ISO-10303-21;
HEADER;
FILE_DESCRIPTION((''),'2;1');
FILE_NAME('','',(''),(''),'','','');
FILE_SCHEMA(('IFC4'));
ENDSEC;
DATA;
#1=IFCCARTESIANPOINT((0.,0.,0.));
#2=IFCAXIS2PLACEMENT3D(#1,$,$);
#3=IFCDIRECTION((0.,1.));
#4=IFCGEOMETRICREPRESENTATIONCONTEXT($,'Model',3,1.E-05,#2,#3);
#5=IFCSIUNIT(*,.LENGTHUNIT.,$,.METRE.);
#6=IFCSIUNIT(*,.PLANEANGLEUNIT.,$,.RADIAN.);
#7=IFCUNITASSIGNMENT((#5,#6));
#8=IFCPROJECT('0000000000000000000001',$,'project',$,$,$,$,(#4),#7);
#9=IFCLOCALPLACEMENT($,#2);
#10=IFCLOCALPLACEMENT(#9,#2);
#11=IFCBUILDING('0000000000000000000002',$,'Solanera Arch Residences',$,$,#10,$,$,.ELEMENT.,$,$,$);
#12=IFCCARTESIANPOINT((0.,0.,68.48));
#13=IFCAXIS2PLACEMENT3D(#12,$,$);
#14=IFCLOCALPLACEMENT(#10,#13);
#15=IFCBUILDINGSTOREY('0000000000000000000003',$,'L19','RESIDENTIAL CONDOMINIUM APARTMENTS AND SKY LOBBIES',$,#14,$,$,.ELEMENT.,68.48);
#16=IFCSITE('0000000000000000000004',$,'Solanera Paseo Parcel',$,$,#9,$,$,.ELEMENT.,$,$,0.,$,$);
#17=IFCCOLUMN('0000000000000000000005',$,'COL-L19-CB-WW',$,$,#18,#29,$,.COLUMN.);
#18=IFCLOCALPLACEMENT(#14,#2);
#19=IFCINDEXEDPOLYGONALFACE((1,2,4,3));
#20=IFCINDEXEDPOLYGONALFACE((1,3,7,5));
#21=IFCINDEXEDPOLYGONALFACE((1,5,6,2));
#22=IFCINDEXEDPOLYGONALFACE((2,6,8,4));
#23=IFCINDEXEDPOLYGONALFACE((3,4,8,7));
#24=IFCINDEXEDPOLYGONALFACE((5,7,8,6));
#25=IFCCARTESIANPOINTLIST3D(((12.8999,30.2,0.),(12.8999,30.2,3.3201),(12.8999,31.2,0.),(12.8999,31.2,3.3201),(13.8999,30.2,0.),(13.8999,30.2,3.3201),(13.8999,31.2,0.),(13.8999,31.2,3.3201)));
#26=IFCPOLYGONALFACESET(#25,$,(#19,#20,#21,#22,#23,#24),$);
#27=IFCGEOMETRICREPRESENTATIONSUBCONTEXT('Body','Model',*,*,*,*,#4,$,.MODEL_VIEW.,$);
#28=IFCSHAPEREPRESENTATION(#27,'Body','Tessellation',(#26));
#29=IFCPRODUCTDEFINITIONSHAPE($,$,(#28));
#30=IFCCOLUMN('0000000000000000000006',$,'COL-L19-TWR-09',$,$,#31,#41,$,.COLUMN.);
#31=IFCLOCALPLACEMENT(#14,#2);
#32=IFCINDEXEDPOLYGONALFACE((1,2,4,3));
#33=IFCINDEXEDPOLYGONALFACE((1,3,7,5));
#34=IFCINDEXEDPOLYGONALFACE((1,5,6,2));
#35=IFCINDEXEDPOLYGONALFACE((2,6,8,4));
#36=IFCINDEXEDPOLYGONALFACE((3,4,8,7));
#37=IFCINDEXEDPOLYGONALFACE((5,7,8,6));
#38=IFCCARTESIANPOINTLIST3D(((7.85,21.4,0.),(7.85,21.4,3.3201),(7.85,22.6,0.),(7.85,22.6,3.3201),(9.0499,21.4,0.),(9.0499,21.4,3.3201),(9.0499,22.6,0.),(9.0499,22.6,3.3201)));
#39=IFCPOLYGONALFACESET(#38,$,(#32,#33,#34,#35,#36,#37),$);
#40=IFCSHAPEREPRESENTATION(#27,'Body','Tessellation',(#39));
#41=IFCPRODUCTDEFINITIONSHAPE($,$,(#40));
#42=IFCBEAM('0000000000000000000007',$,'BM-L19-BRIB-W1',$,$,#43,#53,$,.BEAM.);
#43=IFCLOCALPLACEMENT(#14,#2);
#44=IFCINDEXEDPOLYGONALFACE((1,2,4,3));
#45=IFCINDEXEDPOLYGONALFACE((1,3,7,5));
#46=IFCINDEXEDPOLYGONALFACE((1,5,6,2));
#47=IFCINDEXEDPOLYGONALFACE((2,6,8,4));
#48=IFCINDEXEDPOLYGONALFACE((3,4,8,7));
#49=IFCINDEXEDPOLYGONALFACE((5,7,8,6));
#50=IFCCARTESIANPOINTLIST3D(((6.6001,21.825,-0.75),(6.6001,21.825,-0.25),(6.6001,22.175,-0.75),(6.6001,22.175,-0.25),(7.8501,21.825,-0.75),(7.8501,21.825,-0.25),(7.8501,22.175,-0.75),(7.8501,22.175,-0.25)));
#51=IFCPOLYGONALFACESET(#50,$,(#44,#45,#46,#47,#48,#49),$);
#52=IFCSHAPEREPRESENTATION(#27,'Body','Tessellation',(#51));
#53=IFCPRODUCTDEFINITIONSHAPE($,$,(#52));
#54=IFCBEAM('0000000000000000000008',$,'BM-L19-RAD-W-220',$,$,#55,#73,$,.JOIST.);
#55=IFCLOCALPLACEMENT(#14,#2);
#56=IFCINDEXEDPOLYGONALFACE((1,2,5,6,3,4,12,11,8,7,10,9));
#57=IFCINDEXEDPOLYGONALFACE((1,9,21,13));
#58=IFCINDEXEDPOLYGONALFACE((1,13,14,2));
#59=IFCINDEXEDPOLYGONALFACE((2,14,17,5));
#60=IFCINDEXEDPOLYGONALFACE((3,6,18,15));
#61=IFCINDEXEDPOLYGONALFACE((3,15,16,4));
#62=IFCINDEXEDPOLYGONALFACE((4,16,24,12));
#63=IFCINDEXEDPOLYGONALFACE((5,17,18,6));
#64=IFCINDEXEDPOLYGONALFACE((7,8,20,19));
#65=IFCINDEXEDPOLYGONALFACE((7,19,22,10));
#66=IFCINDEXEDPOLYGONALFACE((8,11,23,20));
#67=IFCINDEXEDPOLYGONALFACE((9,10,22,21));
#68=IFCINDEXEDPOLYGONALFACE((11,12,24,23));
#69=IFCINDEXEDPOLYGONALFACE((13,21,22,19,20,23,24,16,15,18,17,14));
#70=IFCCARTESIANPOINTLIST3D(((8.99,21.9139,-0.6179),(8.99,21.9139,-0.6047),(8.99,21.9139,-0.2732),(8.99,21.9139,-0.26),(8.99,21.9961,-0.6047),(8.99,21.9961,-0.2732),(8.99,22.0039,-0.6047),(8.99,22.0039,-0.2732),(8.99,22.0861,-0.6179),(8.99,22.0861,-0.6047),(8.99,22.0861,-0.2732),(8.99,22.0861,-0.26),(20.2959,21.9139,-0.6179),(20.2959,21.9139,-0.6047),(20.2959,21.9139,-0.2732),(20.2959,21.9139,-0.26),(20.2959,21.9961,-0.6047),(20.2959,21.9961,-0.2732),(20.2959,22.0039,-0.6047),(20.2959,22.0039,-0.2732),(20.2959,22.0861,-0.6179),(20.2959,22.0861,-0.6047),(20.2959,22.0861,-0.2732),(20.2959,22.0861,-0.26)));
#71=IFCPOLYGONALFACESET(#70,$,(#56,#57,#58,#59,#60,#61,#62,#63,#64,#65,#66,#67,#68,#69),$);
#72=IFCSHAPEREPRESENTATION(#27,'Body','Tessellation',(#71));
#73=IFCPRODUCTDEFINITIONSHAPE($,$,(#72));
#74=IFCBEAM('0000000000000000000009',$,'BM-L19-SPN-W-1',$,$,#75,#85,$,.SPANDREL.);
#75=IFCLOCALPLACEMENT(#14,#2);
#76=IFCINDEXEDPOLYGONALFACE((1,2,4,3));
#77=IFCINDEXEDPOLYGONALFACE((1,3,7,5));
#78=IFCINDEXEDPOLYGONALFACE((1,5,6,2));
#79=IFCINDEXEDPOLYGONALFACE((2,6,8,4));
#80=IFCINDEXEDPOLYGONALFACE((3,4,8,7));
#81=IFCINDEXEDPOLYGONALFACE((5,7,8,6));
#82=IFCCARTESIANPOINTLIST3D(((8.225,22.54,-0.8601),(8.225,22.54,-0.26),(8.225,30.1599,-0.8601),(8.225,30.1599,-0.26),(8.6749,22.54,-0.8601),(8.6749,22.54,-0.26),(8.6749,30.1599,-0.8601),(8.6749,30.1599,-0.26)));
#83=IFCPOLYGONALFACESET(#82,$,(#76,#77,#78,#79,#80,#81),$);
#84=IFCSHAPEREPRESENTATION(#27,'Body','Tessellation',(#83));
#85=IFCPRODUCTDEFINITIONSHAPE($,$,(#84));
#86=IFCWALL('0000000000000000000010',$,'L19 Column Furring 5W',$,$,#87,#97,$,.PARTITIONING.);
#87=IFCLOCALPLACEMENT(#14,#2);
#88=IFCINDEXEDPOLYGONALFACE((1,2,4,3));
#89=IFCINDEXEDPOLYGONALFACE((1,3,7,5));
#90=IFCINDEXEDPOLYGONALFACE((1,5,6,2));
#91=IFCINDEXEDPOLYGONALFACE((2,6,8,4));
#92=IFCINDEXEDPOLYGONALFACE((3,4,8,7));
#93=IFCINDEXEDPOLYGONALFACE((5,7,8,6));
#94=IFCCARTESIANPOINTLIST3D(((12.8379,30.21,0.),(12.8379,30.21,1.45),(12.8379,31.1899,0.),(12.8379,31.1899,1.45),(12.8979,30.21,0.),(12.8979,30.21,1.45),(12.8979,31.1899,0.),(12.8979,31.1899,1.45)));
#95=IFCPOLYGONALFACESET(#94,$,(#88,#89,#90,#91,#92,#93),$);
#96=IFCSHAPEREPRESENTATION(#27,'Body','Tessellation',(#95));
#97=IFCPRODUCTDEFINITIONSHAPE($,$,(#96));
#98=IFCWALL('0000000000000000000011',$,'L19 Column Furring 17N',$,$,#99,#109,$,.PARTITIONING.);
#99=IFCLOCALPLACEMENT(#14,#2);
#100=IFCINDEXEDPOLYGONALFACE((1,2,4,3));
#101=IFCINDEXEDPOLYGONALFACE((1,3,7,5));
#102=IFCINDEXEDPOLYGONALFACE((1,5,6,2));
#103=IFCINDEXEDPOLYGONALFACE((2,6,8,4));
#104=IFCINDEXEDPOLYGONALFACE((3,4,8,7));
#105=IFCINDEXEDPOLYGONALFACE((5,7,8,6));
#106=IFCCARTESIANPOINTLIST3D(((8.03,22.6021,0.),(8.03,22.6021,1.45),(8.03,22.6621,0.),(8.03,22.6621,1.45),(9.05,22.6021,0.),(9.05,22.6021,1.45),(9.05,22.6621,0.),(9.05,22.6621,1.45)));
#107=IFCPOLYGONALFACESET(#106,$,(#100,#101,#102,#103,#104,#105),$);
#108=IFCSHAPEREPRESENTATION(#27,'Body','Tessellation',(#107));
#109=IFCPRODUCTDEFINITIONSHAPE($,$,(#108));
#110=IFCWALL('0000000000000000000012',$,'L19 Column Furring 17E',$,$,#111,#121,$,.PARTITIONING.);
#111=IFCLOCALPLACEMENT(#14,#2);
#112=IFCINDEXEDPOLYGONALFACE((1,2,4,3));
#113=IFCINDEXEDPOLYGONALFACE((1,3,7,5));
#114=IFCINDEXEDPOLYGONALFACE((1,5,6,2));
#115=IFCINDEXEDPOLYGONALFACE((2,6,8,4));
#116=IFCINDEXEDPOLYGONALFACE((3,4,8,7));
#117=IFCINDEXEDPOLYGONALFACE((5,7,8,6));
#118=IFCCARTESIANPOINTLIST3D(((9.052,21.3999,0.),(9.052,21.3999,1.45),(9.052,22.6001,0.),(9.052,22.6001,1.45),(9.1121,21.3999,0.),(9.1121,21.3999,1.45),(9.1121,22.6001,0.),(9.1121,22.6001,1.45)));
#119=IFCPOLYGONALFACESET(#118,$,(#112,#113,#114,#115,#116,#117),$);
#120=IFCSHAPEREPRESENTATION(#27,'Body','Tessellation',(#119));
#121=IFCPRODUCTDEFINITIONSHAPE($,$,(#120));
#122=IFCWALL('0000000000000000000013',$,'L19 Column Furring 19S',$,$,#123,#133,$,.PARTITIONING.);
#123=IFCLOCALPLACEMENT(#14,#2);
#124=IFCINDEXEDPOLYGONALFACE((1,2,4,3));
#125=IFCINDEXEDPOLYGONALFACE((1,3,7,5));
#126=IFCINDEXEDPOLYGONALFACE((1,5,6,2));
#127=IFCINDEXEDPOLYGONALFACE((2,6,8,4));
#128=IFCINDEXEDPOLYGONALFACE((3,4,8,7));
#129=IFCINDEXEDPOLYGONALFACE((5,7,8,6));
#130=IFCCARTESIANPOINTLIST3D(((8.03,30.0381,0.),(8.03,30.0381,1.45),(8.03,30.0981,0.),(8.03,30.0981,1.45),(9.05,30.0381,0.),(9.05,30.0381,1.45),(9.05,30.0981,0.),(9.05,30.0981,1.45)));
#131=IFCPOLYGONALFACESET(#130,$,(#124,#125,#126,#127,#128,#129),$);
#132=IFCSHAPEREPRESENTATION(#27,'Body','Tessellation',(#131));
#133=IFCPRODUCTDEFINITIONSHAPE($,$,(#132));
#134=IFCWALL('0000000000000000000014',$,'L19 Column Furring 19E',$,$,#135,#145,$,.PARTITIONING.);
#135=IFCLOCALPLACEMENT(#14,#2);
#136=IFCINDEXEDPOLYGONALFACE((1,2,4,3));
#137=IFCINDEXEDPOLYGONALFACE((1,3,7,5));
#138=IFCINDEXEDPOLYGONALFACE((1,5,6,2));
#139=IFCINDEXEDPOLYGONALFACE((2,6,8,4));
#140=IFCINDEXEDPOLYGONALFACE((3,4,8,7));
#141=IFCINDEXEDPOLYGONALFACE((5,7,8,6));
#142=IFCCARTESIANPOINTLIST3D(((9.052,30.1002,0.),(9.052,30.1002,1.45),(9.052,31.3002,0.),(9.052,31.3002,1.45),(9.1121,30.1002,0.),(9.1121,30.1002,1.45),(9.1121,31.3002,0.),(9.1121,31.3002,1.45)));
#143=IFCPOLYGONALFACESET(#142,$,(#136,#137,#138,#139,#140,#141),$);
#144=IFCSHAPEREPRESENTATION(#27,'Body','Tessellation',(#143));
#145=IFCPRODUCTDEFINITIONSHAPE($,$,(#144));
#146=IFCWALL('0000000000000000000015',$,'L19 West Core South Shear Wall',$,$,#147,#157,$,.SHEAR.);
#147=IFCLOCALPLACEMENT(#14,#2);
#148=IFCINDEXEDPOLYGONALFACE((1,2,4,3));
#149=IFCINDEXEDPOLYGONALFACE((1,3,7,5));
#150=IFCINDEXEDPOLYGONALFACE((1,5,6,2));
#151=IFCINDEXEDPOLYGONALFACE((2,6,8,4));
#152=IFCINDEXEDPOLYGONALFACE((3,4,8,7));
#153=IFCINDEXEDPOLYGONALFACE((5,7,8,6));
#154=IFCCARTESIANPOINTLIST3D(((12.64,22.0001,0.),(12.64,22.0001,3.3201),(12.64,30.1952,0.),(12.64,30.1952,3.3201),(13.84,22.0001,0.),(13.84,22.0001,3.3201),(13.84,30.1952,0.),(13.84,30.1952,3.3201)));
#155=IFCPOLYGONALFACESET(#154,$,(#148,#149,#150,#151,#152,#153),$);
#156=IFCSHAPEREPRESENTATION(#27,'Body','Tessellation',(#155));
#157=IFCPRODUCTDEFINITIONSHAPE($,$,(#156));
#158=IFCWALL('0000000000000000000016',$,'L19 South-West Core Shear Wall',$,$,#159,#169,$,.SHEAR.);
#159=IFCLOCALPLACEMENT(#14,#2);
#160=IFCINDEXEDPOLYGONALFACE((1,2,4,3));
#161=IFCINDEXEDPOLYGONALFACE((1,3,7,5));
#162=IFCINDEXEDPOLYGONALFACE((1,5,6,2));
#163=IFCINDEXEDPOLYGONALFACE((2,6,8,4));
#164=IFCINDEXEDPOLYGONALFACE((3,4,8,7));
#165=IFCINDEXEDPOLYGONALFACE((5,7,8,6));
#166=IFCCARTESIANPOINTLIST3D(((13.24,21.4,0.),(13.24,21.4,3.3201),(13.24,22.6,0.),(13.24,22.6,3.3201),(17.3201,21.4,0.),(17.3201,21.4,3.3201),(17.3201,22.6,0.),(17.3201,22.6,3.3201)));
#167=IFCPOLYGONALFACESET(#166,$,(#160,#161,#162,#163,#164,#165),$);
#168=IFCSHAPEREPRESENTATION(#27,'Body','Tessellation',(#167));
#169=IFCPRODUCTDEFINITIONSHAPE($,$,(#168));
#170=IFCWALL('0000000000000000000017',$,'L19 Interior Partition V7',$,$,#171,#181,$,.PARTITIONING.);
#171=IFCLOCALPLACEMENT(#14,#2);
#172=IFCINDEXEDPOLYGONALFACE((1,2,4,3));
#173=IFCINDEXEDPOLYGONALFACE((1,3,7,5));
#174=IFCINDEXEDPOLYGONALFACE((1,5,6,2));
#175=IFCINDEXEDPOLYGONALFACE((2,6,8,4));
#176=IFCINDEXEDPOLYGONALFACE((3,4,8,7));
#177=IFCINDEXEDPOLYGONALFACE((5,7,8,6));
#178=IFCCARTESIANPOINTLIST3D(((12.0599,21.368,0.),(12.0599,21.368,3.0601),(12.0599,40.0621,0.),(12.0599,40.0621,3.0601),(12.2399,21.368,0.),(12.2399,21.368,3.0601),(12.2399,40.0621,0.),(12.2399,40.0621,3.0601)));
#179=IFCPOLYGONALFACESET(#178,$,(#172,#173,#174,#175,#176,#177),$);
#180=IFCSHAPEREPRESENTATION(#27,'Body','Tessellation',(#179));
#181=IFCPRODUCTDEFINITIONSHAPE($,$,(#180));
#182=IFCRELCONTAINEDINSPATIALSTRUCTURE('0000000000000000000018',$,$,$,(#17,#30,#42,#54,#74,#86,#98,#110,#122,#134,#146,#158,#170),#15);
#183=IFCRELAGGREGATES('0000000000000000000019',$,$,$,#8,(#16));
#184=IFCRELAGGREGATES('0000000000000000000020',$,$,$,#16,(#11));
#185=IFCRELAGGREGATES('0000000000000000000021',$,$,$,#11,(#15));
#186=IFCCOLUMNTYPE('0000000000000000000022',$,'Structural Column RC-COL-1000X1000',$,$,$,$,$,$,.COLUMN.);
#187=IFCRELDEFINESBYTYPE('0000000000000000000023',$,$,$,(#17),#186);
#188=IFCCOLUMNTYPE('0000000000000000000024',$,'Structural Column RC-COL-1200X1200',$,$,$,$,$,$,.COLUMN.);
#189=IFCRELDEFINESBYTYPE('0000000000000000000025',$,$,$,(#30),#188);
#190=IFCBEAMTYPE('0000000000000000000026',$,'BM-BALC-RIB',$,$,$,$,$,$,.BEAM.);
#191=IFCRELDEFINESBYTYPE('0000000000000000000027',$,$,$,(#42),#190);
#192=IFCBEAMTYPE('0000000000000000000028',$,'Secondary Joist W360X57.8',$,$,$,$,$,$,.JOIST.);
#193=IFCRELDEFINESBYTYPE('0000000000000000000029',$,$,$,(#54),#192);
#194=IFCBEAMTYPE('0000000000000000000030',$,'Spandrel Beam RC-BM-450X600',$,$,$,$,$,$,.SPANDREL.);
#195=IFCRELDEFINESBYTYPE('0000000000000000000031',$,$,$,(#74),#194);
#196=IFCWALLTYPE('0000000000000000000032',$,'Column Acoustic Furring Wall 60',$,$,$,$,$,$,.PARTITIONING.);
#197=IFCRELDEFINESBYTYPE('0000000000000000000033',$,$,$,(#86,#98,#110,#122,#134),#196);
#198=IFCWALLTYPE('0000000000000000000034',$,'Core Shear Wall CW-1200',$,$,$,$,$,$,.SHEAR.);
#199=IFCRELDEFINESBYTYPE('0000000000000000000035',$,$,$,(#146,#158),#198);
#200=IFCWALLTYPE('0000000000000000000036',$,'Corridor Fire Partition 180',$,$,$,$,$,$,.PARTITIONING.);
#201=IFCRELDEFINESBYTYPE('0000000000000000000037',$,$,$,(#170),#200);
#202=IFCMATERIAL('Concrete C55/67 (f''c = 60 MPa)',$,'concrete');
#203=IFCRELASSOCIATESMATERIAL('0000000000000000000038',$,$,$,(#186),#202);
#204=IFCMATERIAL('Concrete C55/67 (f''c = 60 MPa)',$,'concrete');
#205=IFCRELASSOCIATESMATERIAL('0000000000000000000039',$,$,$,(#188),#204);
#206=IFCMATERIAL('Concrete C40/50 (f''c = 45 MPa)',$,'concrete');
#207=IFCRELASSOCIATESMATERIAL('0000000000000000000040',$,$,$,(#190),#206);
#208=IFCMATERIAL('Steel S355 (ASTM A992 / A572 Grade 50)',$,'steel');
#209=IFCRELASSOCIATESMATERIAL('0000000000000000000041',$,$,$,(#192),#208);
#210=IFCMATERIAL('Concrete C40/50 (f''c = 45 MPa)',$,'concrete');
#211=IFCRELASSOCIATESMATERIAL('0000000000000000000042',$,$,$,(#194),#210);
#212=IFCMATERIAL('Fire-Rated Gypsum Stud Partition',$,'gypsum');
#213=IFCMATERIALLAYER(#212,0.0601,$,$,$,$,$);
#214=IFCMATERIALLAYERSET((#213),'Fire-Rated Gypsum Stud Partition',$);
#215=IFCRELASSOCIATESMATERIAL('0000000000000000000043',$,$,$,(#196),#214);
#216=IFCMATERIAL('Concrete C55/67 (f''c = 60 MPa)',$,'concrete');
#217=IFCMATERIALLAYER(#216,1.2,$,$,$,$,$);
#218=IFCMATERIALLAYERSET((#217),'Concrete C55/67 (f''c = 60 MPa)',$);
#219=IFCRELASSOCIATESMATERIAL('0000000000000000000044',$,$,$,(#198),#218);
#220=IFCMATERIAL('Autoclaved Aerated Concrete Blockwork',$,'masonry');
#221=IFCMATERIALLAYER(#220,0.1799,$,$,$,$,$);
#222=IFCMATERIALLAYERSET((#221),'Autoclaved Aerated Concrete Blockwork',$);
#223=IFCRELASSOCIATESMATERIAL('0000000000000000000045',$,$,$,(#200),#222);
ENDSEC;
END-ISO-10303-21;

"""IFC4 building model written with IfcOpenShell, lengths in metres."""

from ifc_helpers import new_model, si_unit, direction, frame, frame_2d, origin, origin_2d, place, context, subcontext, project, spatial, rectangle, i_section, extrude, material, layer, layer_set, material_profile, profile_set, type_object, element, save


model = new_model("IFC4")

# Units and contexts
model_context = context("Model", 3, precision=1e-05, world=origin(), true_north=direction((0.0, 1.0)))
body_context = subcontext(model_context, "Body", "Model", "MODEL_VIEW")
ifc_project = project(units=[si_unit("LENGTHUNIT", "METRE"), si_unit("PLANEANGLEUNIT", "RADIAN")], contexts=[model_context])

# Site, building, storey
site_placement = place(None, origin())
site = spatial("IfcSite", under=ifc_project, at=site_placement, Name="Solanera Paseo Parcel", CompositionType="ELEMENT", RefElevation=0.0)
building_placement = place(site_placement, origin())
building = spatial("IfcBuilding", under=site, at=building_placement, Name="Solanera Arch Residences", CompositionType="ELEMENT")
storey_placement = place(building_placement, frame((0.0, 0.0, 68.48)))
storey = spatial("IfcBuildingStorey", under=building, at=storey_placement, Name="L19", Description="RESIDENTIAL CONDOMINIUM APARTMENTS AND SKY LOBBIES", CompositionType="ELEMENT", Elevation=68.48)

# Columns
ifc_material_1 = material(Name="Concrete C55/67 (f'c = 60 MPa)", Category="concrete")
ifc_material_profile_1 = material_profile(ifc_material_1, rectangle(XDim=1.0, YDim=1.0, at=origin_2d()))
ifc_profile_set_1 = profile_set([ifc_material_profile_1], Name="Concrete C55/67 (f'c = 60 MPa)")
column_type_1 = type_object("IfcColumnType", Name="Structural Column RC-COL-1000X1000", PredefinedType="COLUMN", material=ifc_profile_set_1)
column_1_placement = place(storey_placement, frame((13.3999, 30.7, 0.0), z_axis=(0.0, 0.0, 1.0), x_axis=(1.0, 0.0, 0.0)))
element("IfcColumn", 1, at=column_1_placement, inside=storey, type_object=column_type_1, Name="COL-L19-CB-WW", PredefinedType="COLUMN", context=body_context, shape_type="SweptSolid", body=[
    extrude(rectangle(XDim=1.0, YDim=1.0, at=origin_2d()), origin(), (0.0, 0.0, 1.0), 3.3201),
])
ifc_material_2 = material(Name="Concrete C55/67 (f'c = 60 MPa)", Category="concrete")
ifc_material_profile_2 = material_profile(ifc_material_2, rectangle(XDim=1.2, YDim=1.2, at=origin_2d()))
ifc_profile_set_2 = profile_set([ifc_material_profile_2], Name="Concrete C55/67 (f'c = 60 MPa)")
column_type_2 = type_object("IfcColumnType", Name="Structural Column RC-COL-1200X1200", PredefinedType="COLUMN", material=ifc_profile_set_2)
column_2_placement = place(storey_placement, frame((8.45, 22.0, 0.0), z_axis=(0.0, 0.0, 1.0), x_axis=(1.0, 0.0, 0.0)))
element("IfcColumn", 2, at=column_2_placement, inside=storey, type_object=column_type_2, Name="COL-L19-TWR-09", PredefinedType="COLUMN", context=body_context, shape_type="SweptSolid", body=[
    extrude(rectangle(XDim=1.2, YDim=1.2, at=origin_2d()), origin(), (0.0, 0.0, 1.0), 3.3201),
])

# Beams
ifc_material_3 = material(Name="Concrete C40/50 (f'c = 45 MPa)", Category="concrete")
ifc_material_profile_3 = material_profile(ifc_material_3, rectangle(XDim=0.3501, YDim=0.5, at=origin_2d()))
ifc_profile_set_3 = profile_set([ifc_material_profile_3], Name="Concrete C40/50 (f'c = 45 MPa)")
beam_type_1 = type_object("IfcBeamType", Name="BM-BALC-RIB", PredefinedType="BEAM", material=ifc_profile_set_3)
beam_1_placement = place(storey_placement, frame((6.6001, 22.0, -0.5), z_axis=(1.0, 0.0, 0.0), x_axis=(0.0, 1.0, 0.0)))
element("IfcBeam", 3, at=beam_1_placement, inside=storey, type_object=beam_type_1, Name="BM-L19-BRIB-W1", PredefinedType="BEAM", context=body_context, shape_type="SweptSolid", body=[
    extrude(rectangle(XDim=0.3501, YDim=0.5, at=origin_2d()), origin(), (0.0, 0.0, 1.0), 1.25),
])
ifc_material_4 = material(Name="Steel S355 (ASTM A992 / A572 Grade 50)", Category="steel")
ifc_material_profile_4 = material_profile(ifc_material_4, i_section(OverallWidth=0.1721, OverallDepth=0.3579, WebThickness=0.0078, FlangeThickness=0.0132, at=origin_2d()))
ifc_profile_set_4 = profile_set([ifc_material_profile_4], Name="Steel S355 (ASTM A992 / A572 Grade 50)")
beam_type_2 = type_object("IfcBeamType", Name="Secondary Joist W360X57.8", PredefinedType="JOIST", material=ifc_profile_set_4)
beam_2_placement = place(storey_placement, frame((8.99, 22.0, -0.439), z_axis=(1.0, 0.0, 0.0), x_axis=(0.0, 1.0, 0.0)))
element("IfcBeam", 4, at=beam_2_placement, inside=storey, type_object=beam_type_2, Name="BM-L19-RAD-W-220", PredefinedType="JOIST", context=body_context, shape_type="SweptSolid", body=[
    extrude(i_section(OverallWidth=0.1721, OverallDepth=0.3579, WebThickness=0.0078, FlangeThickness=0.0132, at=origin_2d()), origin(), (0.0, 0.0, 1.0), 11.3059),
])
ifc_material_5 = material(Name="Concrete C40/50 (f'c = 45 MPa)", Category="concrete")
ifc_material_profile_5 = material_profile(ifc_material_5, rectangle(XDim=0.45, YDim=0.6001, at=origin_2d()))
ifc_profile_set_5 = profile_set([ifc_material_profile_5], Name="Concrete C40/50 (f'c = 45 MPa)")
beam_type_3 = type_object("IfcBeamType", Name="Spandrel Beam RC-BM-450X600", PredefinedType="SPANDREL", material=ifc_profile_set_5)
beam_3_placement = place(storey_placement, frame((8.45, 22.54, -0.5601), z_axis=(0.0, 1.0, 0.0), x_axis=(-1.0, 0.0, 0.0)))
element("IfcBeam", 5, at=beam_3_placement, inside=storey, type_object=beam_type_3, Name="BM-L19-SPN-W-1", PredefinedType="SPANDREL", context=body_context, shape_type="SweptSolid", body=[
    extrude(rectangle(XDim=0.45, YDim=0.6001, at=origin_2d()), origin(), (0.0, 0.0, 1.0), 7.6199),
])

# Walls
ifc_material_6 = material(Name="Fire-Rated Gypsum Stud Partition", Category="gypsum")
ifc_layer_1 = layer(ifc_material_6, 0.0601)
ifc_layer_set_1 = layer_set([ifc_layer_1], Name="Fire-Rated Gypsum Stud Partition")
wall_type_1 = type_object("IfcWallType", Name="Column Acoustic Furring Wall 60", PredefinedType="PARTITIONING", material=ifc_layer_set_1)
wall_1_placement = place(storey_placement, frame((12.8679, 30.21, 0.0), z_axis=(0.0, 0.0, 1.0), x_axis=(0.0, 1.0, 0.0)))
element("IfcWall", 6, at=wall_1_placement, inside=storey, type_object=wall_type_1, Name="L19 Column Furring 5W", PredefinedType="PARTITIONING", context=body_context, shape_type="SweptSolid", body=[
    extrude(rectangle(XDim=0.98, YDim=0.0601, at=frame_2d((0.49, 0.0))), origin(), (0.0, 0.0, 1.0), 1.45),
])
wall_2_placement = place(storey_placement, frame((8.03, 22.6321, 0.0), z_axis=(0.0, 0.0, 1.0), x_axis=(1.0, 0.0, 0.0)))
element("IfcWall", 7, at=wall_2_placement, inside=storey, type_object=wall_type_1, Name="L19 Column Furring 17N", PredefinedType="PARTITIONING", context=body_context, shape_type="SweptSolid", body=[
    extrude(rectangle(XDim=1.02, YDim=0.0601, at=frame_2d((0.51, 0.0))), origin(), (0.0, 0.0, 1.0), 1.45),
])
wall_3_placement = place(storey_placement, frame((9.082, 21.3999, 0.0), z_axis=(0.0, 0.0, 1.0), x_axis=(0.0, 1.0, 0.0)))
element("IfcWall", 8, at=wall_3_placement, inside=storey, type_object=wall_type_1, Name="L19 Column Furring 17E", PredefinedType="PARTITIONING", context=body_context, shape_type="SweptSolid", body=[
    extrude(rectangle(XDim=1.2002, YDim=0.0601, at=frame_2d((0.6001, 0.0))), origin(), (0.0, 0.0, 1.0), 1.45),
])
wall_4_placement = place(storey_placement, frame((8.03, 30.0681, 0.0), z_axis=(0.0, 0.0, 1.0), x_axis=(1.0, 0.0, 0.0)))
element("IfcWall", 9, at=wall_4_placement, inside=storey, type_object=wall_type_1, Name="L19 Column Furring 19S", PredefinedType="PARTITIONING", context=body_context, shape_type="SweptSolid", body=[
    extrude(rectangle(XDim=1.02, YDim=0.0601, at=frame_2d((0.51, 0.0))), origin(), (0.0, 0.0, 1.0), 1.45),
])
wall_5_placement = place(storey_placement, frame((9.082, 30.1001, 0.0), z_axis=(0.0, 0.0, 1.0), x_axis=(0.0, 1.0, 0.0)))
element("IfcWall", 10, at=wall_5_placement, inside=storey, type_object=wall_type_1, Name="L19 Column Furring 19E", PredefinedType="PARTITIONING", context=body_context, shape_type="SweptSolid", body=[
    extrude(rectangle(XDim=1.2, YDim=0.0601, at=frame_2d((0.6001, 0.0))), origin(), (0.0, 0.0, 1.0), 1.45),
])
ifc_material_7 = material(Name="Concrete C55/67 (f'c = 60 MPa)", Category="concrete")
ifc_layer_2 = layer(ifc_material_7, 1.2)
ifc_layer_set_2 = layer_set([ifc_layer_2], Name="Concrete C55/67 (f'c = 60 MPa)")
wall_type_2 = type_object("IfcWallType", Name="Core Shear Wall CW-1200", PredefinedType="SHEAR", material=ifc_layer_set_2)
wall_6_placement = place(storey_placement, frame((13.24, 22.0, 0.0), z_axis=(0.0, 0.0, 1.0), x_axis=(0.0, 1.0, 0.0)))
element("IfcWall", 11, at=wall_6_placement, inside=storey, type_object=wall_type_2, Name="L19 West Core South Shear Wall", PredefinedType="SHEAR", context=body_context, shape_type="SweptSolid", body=[
    extrude(rectangle(XDim=8.1951, YDim=1.2, at=frame_2d((4.0977, 0.0))), origin(), (0.0, 0.0, 1.0), 3.3201),
])
wall_7_placement = place(storey_placement, frame((13.24, 22.0, 0.0), z_axis=(0.0, 0.0, 1.0), x_axis=(1.0, 0.0, 0.0)))
element("IfcWall", 12, at=wall_7_placement, inside=storey, type_object=wall_type_2, Name="L19 South-West Core Shear Wall", PredefinedType="SHEAR", context=body_context, shape_type="SweptSolid", body=[
    extrude(rectangle(XDim=4.0801, YDim=1.2, at=frame_2d((2.04, 0.0))), origin(), (0.0, 0.0, 1.0), 3.3201),
])
ifc_material_8 = material(Name="Autoclaved Aerated Concrete Blockwork", Category="masonry")
ifc_layer_3 = layer(ifc_material_8, 0.1799)
ifc_layer_set_3 = layer_set([ifc_layer_3], Name="Autoclaved Aerated Concrete Blockwork")
wall_type_3 = type_object("IfcWallType", Name="Corridor Fire Partition 180", PredefinedType="PARTITIONING", material=ifc_layer_set_3)
wall_8_placement = place(storey_placement, frame((12.1499, 21.3679, 0.0), z_axis=(0.0, 0.0, 1.0), x_axis=(0.0, 1.0, 0.0)))
element("IfcWall", 13, at=wall_8_placement, inside=storey, type_object=wall_type_3, Name="L19 Interior Partition V7", PredefinedType="PARTITIONING", context=body_context, shape_type="SweptSolid", body=[
    extrude(rectangle(XDim=18.6941, YDim=0.1799, at=frame_2d((9.3472, 0.0))), origin(), (0.0, 0.0, 1.0), 3.0601),
])

save(model, "model.ifc")
